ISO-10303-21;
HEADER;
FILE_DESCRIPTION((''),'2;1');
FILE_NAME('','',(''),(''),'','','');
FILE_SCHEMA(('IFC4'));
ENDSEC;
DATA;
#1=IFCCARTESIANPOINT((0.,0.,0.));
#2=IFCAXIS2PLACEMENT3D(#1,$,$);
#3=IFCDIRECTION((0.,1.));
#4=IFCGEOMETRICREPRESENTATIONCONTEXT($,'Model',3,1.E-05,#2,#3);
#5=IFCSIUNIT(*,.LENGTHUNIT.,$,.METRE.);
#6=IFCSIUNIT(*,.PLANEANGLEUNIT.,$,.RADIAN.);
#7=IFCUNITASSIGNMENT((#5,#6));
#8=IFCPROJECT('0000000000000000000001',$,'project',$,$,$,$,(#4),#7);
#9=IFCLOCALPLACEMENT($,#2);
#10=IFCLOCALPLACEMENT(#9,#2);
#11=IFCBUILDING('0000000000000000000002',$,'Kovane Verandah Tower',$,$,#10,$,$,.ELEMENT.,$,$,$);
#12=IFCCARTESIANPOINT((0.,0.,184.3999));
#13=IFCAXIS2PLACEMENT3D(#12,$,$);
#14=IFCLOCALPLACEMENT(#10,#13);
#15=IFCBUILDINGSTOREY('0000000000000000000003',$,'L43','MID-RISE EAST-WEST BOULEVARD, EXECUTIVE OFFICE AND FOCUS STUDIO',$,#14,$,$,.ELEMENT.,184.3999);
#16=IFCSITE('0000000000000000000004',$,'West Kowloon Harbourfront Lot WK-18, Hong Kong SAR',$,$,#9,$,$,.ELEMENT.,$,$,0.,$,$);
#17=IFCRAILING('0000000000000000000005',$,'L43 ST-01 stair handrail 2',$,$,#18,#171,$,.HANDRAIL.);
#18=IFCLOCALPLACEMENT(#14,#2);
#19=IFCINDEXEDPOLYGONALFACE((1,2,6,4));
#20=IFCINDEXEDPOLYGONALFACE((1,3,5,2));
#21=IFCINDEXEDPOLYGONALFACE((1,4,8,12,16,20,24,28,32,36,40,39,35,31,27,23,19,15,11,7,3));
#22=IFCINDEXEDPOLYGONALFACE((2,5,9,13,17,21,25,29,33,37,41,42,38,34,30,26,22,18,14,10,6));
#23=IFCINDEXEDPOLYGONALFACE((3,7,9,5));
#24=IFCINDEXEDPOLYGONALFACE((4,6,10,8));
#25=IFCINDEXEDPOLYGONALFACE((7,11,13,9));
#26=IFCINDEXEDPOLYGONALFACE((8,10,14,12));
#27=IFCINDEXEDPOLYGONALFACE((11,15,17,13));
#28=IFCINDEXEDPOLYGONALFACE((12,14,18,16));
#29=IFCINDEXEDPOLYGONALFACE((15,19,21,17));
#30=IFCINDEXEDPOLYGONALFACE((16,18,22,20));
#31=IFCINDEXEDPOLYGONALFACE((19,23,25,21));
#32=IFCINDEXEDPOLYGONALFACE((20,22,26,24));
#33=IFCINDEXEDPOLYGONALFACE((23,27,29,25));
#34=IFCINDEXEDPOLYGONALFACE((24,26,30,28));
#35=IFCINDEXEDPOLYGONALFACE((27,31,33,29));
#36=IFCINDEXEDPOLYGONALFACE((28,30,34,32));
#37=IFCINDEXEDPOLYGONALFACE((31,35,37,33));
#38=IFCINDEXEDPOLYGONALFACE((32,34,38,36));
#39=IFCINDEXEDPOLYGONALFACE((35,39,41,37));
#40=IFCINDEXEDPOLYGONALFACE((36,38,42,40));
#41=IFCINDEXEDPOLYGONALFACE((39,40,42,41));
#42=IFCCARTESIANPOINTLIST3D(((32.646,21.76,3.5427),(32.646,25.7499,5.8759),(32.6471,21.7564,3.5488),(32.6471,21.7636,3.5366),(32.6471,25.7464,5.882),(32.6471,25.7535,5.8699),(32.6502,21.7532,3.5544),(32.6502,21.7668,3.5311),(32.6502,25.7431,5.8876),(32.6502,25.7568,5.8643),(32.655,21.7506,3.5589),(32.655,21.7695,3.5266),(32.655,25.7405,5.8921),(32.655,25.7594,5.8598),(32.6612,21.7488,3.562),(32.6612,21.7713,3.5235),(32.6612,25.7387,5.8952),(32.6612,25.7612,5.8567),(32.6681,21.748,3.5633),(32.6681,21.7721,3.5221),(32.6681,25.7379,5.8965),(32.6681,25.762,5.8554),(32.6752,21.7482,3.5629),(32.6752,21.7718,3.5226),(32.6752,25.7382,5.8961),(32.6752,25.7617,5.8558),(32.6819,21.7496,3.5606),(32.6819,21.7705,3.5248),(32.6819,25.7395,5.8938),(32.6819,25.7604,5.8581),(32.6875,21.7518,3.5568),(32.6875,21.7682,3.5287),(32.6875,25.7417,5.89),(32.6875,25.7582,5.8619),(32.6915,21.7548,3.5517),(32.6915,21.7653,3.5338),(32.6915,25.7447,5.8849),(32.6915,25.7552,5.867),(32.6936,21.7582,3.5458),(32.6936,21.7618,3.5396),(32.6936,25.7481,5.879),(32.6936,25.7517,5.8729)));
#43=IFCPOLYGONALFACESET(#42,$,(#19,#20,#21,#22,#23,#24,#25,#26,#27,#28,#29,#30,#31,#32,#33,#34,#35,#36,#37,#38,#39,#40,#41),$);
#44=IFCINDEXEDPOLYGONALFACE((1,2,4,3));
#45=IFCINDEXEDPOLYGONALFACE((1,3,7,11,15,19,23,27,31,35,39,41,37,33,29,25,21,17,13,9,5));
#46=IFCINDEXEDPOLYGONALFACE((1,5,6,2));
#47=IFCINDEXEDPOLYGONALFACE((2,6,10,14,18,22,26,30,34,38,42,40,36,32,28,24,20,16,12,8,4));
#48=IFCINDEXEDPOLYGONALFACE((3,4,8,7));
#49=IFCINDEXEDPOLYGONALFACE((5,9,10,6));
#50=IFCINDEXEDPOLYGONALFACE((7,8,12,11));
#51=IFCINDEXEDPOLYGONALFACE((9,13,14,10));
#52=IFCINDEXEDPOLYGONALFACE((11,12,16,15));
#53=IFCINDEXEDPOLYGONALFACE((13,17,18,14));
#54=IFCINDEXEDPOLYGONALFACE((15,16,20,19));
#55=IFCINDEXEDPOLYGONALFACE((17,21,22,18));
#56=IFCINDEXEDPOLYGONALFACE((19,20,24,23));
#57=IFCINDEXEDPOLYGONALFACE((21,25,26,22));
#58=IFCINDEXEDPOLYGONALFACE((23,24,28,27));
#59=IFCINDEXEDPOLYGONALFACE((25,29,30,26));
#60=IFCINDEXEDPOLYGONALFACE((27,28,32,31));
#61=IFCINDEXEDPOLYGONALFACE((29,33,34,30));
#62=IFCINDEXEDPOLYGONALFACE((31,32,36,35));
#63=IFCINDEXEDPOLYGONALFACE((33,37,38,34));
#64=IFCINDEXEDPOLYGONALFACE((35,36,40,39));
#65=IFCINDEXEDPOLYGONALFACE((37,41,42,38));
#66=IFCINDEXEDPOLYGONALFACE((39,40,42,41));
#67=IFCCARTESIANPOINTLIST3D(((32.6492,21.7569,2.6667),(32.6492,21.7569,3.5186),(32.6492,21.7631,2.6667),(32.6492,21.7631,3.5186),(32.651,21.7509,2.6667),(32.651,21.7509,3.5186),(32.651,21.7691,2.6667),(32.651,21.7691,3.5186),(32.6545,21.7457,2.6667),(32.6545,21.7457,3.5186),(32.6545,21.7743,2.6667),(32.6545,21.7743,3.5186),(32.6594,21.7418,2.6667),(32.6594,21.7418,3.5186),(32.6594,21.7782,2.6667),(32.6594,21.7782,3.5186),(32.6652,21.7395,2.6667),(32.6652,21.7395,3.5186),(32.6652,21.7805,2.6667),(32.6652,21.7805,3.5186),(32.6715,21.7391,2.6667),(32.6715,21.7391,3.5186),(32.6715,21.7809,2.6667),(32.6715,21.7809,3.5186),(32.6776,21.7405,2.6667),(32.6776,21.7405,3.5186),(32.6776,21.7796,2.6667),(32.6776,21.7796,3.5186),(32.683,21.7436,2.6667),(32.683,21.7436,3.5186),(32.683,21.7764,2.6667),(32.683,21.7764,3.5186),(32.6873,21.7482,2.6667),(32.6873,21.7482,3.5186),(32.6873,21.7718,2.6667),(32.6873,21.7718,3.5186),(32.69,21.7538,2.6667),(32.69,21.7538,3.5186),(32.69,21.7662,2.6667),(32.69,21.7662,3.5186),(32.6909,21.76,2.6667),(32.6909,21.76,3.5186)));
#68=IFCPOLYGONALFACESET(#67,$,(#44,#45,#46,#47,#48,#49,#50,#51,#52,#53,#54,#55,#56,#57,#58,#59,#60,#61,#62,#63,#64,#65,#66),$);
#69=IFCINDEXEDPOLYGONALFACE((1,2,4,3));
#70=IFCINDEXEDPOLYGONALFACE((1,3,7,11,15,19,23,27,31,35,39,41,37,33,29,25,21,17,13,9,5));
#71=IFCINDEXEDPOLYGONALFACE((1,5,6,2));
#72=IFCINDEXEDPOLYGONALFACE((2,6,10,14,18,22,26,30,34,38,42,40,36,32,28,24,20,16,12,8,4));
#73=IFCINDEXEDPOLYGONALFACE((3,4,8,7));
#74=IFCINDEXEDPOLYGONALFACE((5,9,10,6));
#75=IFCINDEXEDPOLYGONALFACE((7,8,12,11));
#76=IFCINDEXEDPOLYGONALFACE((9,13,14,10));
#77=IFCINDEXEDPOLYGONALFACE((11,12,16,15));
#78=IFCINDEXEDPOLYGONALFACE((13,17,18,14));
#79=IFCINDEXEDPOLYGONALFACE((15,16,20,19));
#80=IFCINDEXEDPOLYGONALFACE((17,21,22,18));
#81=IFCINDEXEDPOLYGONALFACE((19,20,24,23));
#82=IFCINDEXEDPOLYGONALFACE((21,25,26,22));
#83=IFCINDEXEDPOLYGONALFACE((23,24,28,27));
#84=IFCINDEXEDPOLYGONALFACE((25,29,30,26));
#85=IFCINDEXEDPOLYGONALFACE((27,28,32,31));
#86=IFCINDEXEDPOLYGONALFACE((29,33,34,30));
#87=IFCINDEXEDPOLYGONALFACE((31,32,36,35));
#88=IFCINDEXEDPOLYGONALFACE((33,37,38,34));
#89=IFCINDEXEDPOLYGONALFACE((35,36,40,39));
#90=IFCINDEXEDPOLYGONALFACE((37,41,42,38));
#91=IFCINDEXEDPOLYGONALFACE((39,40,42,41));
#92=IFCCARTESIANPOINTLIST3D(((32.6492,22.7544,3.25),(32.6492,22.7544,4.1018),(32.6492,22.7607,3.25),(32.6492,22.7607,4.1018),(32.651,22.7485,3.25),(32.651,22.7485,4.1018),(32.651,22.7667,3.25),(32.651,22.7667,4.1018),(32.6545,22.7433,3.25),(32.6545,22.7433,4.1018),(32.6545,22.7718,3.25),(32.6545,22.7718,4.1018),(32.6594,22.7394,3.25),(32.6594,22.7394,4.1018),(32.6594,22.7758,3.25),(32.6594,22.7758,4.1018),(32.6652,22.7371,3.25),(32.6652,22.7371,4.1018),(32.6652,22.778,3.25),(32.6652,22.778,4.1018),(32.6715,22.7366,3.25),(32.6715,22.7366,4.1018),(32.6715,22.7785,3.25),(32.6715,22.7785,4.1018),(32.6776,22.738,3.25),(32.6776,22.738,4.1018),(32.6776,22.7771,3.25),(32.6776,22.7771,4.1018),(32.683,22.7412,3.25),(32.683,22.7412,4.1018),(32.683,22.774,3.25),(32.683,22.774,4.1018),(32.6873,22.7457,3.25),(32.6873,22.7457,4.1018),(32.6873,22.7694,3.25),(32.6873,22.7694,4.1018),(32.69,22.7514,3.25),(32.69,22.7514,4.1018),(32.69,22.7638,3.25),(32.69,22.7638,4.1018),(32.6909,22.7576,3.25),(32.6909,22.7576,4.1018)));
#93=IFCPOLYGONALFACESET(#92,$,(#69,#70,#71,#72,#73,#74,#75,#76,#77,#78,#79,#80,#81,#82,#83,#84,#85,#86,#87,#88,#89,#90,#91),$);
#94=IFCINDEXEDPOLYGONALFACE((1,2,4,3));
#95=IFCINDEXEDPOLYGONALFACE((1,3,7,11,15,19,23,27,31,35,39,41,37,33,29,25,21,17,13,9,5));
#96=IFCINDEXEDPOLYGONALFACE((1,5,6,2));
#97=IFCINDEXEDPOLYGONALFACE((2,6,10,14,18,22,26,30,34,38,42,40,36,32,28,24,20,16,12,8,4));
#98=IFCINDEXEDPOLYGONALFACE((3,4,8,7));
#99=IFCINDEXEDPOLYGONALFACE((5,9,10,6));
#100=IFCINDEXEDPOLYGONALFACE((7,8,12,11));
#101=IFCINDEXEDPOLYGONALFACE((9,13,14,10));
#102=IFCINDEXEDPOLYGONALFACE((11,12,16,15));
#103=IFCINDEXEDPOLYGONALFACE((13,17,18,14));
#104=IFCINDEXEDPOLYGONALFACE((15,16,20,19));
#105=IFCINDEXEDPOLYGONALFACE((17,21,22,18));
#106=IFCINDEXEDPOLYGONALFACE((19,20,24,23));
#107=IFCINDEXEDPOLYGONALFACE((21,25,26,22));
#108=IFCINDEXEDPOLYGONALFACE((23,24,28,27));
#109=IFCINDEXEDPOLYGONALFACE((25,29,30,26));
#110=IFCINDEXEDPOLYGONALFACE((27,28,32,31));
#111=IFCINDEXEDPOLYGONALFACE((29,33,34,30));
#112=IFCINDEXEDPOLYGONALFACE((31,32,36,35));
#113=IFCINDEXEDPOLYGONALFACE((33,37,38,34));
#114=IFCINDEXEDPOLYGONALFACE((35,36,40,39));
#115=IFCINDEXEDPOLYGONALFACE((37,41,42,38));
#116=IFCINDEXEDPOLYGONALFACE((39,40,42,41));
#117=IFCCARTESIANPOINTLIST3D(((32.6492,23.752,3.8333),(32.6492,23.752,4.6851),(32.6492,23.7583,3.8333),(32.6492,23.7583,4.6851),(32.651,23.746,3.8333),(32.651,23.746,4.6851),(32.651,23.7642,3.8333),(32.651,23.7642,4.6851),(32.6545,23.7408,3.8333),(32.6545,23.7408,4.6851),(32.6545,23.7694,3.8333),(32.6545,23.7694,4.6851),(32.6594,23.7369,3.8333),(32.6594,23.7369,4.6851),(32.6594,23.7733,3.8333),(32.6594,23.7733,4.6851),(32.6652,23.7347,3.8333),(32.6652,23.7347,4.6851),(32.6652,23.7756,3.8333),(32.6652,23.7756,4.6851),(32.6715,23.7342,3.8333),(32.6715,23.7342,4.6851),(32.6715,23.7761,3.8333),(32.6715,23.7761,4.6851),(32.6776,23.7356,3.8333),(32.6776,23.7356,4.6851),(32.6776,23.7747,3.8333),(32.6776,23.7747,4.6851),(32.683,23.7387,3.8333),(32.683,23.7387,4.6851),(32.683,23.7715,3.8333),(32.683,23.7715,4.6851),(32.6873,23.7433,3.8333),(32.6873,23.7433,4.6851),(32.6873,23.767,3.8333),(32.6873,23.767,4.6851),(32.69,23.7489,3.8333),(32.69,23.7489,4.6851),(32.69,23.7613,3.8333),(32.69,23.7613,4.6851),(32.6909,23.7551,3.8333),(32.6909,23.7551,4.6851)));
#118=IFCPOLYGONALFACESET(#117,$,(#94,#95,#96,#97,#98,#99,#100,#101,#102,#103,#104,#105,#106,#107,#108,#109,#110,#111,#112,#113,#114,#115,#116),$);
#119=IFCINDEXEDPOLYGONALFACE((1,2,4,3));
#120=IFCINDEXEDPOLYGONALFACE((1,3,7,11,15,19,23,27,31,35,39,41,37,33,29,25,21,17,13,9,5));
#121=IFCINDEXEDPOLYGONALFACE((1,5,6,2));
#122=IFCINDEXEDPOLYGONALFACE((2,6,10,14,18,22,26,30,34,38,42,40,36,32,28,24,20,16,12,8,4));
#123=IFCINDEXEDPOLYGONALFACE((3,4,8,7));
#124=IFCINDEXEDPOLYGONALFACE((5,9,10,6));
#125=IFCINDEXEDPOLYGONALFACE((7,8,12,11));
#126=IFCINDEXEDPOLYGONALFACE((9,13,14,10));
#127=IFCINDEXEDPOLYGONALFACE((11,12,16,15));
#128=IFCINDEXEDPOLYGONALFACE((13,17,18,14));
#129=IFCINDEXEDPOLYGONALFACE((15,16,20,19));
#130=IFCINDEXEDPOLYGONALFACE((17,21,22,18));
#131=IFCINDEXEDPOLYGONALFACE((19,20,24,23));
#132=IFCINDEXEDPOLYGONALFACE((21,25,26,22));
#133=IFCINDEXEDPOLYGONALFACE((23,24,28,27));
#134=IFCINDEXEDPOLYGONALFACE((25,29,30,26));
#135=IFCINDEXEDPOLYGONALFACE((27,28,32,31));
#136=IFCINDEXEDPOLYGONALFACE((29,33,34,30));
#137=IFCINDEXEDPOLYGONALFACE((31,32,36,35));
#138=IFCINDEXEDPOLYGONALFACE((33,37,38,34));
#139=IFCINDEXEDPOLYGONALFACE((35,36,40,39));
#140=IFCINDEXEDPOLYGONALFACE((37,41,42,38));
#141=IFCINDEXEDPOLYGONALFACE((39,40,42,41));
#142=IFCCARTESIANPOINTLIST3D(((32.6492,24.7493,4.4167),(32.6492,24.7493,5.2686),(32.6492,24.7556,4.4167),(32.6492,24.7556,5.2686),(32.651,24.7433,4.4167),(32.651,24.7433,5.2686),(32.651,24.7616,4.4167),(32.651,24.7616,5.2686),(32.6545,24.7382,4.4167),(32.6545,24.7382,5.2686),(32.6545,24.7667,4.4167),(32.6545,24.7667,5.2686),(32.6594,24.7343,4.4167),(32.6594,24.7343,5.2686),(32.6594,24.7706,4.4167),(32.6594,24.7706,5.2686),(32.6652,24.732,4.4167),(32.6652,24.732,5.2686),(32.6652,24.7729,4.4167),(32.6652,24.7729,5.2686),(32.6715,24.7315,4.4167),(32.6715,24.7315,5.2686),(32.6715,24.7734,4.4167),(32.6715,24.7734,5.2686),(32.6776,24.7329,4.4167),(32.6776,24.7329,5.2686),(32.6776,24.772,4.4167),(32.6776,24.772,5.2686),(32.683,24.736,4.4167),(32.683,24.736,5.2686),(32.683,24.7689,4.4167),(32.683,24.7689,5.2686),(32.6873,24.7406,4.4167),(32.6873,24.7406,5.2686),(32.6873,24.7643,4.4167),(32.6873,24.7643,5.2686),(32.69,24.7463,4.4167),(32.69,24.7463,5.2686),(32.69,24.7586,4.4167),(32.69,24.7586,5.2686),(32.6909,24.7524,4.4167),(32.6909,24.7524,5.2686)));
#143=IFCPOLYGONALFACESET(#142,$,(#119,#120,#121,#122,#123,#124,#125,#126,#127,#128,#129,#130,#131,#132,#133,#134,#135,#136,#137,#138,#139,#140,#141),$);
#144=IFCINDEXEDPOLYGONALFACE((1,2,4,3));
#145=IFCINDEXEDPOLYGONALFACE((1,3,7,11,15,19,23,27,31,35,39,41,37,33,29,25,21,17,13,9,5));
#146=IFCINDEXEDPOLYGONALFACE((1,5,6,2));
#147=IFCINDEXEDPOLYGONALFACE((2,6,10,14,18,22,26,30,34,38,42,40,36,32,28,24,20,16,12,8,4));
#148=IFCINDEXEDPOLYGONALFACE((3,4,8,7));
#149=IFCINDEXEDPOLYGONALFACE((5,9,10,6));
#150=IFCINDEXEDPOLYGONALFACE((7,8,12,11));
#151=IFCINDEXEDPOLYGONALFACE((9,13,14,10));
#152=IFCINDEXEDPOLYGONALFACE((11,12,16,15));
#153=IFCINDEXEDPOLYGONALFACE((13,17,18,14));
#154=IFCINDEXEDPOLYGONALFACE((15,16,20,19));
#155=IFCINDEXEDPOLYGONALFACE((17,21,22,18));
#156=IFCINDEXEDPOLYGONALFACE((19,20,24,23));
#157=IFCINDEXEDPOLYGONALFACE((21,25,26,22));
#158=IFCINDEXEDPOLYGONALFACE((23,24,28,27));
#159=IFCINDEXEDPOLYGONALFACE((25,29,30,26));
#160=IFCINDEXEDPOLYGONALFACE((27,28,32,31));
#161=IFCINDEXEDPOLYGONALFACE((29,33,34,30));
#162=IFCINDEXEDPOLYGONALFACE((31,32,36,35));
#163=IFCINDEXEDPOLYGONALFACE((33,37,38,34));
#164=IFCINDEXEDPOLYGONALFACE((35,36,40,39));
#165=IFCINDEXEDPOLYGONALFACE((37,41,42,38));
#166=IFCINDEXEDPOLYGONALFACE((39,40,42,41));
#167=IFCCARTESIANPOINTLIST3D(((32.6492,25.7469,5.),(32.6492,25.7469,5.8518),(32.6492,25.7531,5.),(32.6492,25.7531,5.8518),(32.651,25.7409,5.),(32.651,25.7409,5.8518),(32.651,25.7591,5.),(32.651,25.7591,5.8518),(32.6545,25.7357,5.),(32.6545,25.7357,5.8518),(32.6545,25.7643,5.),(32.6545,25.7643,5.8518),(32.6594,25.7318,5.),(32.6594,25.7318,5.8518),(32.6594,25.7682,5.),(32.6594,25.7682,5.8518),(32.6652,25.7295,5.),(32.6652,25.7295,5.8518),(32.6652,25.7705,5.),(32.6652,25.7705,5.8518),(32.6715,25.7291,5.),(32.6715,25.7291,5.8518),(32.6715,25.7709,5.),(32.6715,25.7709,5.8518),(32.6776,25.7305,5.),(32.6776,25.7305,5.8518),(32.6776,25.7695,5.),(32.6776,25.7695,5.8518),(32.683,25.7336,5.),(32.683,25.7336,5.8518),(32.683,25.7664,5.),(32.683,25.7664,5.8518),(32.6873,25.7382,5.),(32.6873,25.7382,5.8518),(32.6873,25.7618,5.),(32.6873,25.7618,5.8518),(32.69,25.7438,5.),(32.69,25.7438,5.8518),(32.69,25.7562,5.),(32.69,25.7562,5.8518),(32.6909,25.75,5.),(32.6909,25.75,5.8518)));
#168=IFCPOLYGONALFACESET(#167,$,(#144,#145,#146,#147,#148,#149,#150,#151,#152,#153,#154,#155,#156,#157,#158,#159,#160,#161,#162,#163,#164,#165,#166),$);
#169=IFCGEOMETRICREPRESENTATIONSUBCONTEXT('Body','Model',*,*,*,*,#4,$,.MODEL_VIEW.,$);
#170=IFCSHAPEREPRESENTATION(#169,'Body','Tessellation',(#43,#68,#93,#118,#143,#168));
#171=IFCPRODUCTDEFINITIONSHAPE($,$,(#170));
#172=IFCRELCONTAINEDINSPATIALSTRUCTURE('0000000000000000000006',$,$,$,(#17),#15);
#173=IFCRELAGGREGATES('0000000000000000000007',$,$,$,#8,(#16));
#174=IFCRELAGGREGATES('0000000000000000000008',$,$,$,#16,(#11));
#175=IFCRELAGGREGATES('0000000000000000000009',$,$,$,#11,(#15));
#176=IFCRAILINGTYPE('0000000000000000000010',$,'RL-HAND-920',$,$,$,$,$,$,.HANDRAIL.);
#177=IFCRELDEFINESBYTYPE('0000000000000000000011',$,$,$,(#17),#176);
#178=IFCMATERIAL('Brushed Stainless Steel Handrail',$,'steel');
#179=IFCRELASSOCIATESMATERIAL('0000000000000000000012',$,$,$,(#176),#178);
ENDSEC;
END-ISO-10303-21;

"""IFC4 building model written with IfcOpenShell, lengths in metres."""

from ifc_helpers import new_model, si_unit, direction, frame, origin, origin_2d, place, context, subcontext, project, spatial, circle, extrude, material, type_object, element, save


model = new_model("IFC4")

# Units and contexts
model_context = context("Model", 3, precision=1e-05, world=origin(), true_north=direction((0.0, 1.0)))
body_context = subcontext(model_context, "Body", "Model", "MODEL_VIEW")
ifc_project = project(units=[si_unit("LENGTHUNIT", "METRE"), si_unit("PLANEANGLEUNIT", "RADIAN")], contexts=[model_context])

# Site, building, storey
site_placement = place(None, origin())
site = spatial("IfcSite", under=ifc_project, at=site_placement, Name="West Kowloon Harbourfront Lot WK-18, Hong Kong SAR", CompositionType="ELEMENT", RefElevation=0.0)
building_placement = place(site_placement, origin())
building = spatial("IfcBuilding", under=site, at=building_placement, Name="Kovane Verandah Tower", CompositionType="ELEMENT")
storey_placement = place(building_placement, frame((0.0, 0.0, 184.3999)))
storey = spatial("IfcBuildingStorey", under=building, at=storey_placement, Name="L43", Description="MID-RISE EAST-WEST BOULEVARD, EXECUTIVE OFFICE AND FOCUS STUDIO", CompositionType="ELEMENT", Elevation=184.3999)

# Railing
ifc_material_1 = material(Name="Brushed Stainless Steel Handrail", Category="steel")
railing_type_1 = type_object("IfcRailingType", Name="RL-HAND-920", PredefinedType="HANDRAIL", material=ifc_material_1)
railing_1_placement = place(storey_placement, frame((32.6699, 21.76, 2.6667)))
element("IfcRailing", 1, at=railing_1_placement, inside=storey, type_object=railing_type_1, Name="L43 ST-01 stair handrail 2", PredefinedType="HANDRAIL", context=body_context, shape_type="SweptSolid", body=[
    extrude(circle(Radius=0.0239, at=origin_2d()), frame((0.0, 0.0, 0.876), z_axis=(0.0, 0.863236, 0.5048), x_axis=(-1.0, 0.0, 0.0)), (0.0, 0.0, 1.0), 4.6221),
    extrude(circle(Radius=0.021, at=origin_2d()), origin(), (0.0, 0.0, 1.0), 0.8518),
    extrude(circle(Radius=0.021, at=origin_2d()), frame((0.0, 0.9976, 0.5833)), (0.0, 0.0, 1.0), 0.8518),
    extrude(circle(Radius=0.021, at=origin_2d()), frame((0.0, 1.9951, 1.1665)), (0.0, 0.0, 1.0), 0.8518),
    extrude(circle(Radius=0.021, at=origin_2d()), frame((0.0, 2.9924, 1.75)), (0.0, 0.0, 1.0), 0.8518),
    extrude(circle(Radius=0.021, at=origin_2d()), frame((0.0, 3.99, 2.3333)), (0.0, 0.0, 1.0), 0.8518),
])

save(model, "model.ifc")
